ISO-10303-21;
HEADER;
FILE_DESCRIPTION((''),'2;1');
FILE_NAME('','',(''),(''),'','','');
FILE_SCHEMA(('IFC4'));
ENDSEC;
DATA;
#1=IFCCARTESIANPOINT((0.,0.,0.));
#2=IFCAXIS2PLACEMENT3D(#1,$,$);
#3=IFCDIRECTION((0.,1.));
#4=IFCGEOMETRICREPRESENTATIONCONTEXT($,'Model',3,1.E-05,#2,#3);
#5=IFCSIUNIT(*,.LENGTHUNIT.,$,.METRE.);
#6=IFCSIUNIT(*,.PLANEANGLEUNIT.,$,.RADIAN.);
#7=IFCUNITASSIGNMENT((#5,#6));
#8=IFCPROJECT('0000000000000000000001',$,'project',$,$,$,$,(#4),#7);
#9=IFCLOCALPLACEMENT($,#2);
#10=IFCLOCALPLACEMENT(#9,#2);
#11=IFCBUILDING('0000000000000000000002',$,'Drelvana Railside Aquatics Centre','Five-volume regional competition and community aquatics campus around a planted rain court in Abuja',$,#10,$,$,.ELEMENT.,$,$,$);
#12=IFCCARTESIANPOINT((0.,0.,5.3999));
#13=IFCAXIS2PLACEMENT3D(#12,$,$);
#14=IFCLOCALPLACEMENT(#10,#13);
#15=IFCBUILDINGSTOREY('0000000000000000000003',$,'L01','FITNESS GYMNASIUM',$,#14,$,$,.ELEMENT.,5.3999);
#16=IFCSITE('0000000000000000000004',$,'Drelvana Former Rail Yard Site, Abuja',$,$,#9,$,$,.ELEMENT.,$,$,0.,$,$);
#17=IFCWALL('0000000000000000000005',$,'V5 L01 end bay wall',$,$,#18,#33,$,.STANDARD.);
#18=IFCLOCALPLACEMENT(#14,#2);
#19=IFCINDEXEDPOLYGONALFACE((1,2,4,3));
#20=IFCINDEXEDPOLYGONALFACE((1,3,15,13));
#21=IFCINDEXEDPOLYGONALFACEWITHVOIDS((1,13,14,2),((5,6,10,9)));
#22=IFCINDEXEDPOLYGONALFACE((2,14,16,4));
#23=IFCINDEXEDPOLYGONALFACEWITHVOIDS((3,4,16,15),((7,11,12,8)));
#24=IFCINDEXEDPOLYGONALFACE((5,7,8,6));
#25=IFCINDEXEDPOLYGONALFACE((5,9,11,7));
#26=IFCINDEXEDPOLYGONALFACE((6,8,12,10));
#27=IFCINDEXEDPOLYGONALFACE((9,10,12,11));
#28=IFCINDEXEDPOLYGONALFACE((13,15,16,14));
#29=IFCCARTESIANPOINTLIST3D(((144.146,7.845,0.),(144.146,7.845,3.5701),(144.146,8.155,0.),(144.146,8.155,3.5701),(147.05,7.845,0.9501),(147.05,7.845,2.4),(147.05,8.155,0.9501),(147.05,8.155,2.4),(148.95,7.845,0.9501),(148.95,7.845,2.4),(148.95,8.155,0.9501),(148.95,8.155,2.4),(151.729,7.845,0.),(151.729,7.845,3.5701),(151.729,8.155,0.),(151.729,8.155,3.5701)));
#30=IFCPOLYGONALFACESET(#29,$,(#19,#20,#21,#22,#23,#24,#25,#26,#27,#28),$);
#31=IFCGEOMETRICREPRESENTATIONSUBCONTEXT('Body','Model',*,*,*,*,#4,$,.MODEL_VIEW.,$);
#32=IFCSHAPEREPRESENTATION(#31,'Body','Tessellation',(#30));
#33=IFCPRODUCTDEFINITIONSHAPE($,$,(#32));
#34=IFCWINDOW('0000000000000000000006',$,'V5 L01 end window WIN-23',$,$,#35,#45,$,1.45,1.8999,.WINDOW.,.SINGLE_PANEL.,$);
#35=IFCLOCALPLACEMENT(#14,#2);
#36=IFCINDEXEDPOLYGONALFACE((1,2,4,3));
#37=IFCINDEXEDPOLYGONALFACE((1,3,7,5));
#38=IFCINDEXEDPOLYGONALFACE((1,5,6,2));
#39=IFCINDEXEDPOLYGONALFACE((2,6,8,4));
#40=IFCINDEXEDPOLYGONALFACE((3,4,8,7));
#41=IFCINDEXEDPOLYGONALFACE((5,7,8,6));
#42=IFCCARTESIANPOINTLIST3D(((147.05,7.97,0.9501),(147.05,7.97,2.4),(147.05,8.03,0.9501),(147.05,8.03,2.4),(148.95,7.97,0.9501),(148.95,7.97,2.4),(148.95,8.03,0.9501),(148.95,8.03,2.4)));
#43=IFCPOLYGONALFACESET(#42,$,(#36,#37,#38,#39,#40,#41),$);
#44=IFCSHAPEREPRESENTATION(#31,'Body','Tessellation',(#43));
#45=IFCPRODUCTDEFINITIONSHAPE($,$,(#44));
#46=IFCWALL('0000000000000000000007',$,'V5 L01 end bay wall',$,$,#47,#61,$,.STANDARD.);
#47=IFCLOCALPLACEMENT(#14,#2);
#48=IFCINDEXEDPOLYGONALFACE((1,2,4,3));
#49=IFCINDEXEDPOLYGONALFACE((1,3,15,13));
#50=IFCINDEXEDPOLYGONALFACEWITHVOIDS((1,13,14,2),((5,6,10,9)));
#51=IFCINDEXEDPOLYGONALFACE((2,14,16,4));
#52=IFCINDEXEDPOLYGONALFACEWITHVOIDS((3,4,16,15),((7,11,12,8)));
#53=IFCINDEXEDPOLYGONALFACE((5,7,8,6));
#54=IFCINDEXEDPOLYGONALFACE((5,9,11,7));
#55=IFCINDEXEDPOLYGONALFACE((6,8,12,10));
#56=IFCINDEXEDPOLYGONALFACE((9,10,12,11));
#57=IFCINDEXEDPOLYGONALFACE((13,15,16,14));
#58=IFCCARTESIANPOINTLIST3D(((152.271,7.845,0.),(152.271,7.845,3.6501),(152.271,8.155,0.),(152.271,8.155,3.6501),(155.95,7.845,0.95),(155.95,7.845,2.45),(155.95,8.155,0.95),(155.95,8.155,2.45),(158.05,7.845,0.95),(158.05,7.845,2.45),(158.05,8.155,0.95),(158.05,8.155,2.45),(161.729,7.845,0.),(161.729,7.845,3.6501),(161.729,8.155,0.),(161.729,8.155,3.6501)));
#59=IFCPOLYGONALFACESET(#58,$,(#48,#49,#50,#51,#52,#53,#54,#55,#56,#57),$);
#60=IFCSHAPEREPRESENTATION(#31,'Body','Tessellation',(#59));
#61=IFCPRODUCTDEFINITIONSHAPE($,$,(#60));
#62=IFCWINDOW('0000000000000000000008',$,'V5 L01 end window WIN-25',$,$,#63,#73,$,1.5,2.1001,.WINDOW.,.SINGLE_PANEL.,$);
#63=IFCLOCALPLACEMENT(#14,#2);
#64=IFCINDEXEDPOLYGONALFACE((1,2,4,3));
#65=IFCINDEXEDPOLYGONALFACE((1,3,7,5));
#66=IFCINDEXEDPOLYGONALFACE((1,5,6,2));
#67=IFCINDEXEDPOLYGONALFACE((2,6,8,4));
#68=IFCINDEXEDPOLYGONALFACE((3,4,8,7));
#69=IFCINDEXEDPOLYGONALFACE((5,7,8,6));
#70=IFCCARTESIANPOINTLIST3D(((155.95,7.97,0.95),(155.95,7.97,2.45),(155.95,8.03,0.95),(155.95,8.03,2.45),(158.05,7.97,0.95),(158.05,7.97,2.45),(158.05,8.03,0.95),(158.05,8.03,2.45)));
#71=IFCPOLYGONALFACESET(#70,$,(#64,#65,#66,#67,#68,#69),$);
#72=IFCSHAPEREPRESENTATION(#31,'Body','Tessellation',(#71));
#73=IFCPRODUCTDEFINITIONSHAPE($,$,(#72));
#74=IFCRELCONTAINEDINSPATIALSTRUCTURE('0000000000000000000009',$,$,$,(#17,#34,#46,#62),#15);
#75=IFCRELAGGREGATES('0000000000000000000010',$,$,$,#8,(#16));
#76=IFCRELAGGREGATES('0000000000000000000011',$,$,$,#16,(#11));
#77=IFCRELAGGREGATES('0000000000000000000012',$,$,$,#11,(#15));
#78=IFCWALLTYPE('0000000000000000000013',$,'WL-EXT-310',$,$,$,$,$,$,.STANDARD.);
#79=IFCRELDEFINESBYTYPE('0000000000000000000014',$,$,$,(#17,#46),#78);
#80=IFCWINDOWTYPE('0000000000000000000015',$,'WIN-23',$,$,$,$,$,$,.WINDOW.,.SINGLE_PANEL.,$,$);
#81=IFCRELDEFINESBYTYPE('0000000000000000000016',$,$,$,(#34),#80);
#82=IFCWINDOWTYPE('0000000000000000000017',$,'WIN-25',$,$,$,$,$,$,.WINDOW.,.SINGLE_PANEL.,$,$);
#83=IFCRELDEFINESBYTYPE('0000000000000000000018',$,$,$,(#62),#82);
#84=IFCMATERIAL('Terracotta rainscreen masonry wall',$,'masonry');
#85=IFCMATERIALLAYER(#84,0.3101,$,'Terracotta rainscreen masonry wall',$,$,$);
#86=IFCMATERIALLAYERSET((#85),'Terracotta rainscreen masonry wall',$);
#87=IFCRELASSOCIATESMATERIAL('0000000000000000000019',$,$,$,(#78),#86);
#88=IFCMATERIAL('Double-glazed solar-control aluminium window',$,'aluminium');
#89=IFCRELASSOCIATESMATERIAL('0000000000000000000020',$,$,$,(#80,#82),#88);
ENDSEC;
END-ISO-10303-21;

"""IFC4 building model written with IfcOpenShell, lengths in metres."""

from ifc_helpers import new_model, si_unit, direction, frame, frame_2d, origin, place, context, subcontext, project, spatial, rectangle, extrude, material, layer, layer_set, type_object, element, fill, save


model = new_model("IFC4")

# Units and contexts
model_context = context("Model", 3, precision=1e-05, world=origin(), true_north=direction((0.0, 1.0)))
body_context = subcontext(model_context, "Body", "Model", "MODEL_VIEW")
ifc_project = project(units=[si_unit("LENGTHUNIT", "METRE"), si_unit("PLANEANGLEUNIT", "RADIAN")], contexts=[model_context])

# Site, building, storey
site_placement = place(None, origin())
site = spatial("IfcSite", under=ifc_project, at=site_placement, Name="Drelvana Former Rail Yard Site, Abuja", CompositionType="ELEMENT", RefElevation=0.0)
building_placement = place(site_placement, origin())
building = spatial("IfcBuilding", under=site, at=building_placement, Name="Drelvana Railside Aquatics Centre", Description="Five-volume regional competition and community aquatics campus around a planted rain court in Abuja", CompositionType="ELEMENT")
storey_placement = place(building_placement, frame((0.0, 0.0, 5.3999)))
storey = spatial("IfcBuildingStorey", under=building, at=storey_placement, Name="L01", Description="FITNESS GYMNASIUM", CompositionType="ELEMENT", Elevation=5.3999)

# Shared definitions
ifc_material_1 = material(Name="Terracotta rainscreen masonry wall", Category="masonry")
ifc_layer_1 = layer(ifc_material_1, 0.3101, Name="Terracotta rainscreen masonry wall")
ifc_layer_set_1 = layer_set([ifc_layer_1], Name="Terracotta rainscreen masonry wall")
wall_type_1 = type_object("IfcWallType", Name="WL-EXT-310", PredefinedType="STANDARD", material=ifc_layer_set_1)

# Walls, openings, windows
wall_1_placement = place(storey_placement, frame((144.146, 8.0, 0.0), z_axis=(0.0, 0.0, 1.0), x_axis=(1.0, 0.0, 0.0)))
wall_1 = element("IfcWall", 1, at=wall_1_placement, inside=storey, type_object=wall_type_1, Name="V5 L01 end bay wall", PredefinedType="STANDARD", context=body_context, shape_type="SweptSolid", body=[
    extrude(rectangle(XDim=7.583, YDim=0.3101, at=frame_2d((3.7915, 0.0))), origin(), (0.0, 0.0, 1.0), 3.5701),
])
opening_1_placement = place(wall_1_placement, frame((2.9041, 0.0, 0.95)))
opening_1 = element("IfcOpeningElement", 2, at=opening_1_placement, cuts=wall_1, PredefinedType="OPENING", context=body_context, shape_type="SweptSolid", body=[
    extrude(rectangle(XDim=1.8999, YDim=1.45, at=frame_2d((0.95, 0.7251))), frame((0.0, 0.165, 0.0), z_axis=(0.0, -1.0, 0.0), x_axis=(1.0, 0.0, 0.0)), (0.0, 0.0, 1.0), 0.3301),
])
ifc_material_2 = material(Name="Double-glazed solar-control aluminium window", Category="aluminium")
window_type_1 = type_object("IfcWindowType", Name="WIN-23", PartitioningType="SINGLE_PANEL", PredefinedType="WINDOW", material=ifc_material_2)
window_1_placement = place(opening_1_placement, origin())
window_1 = element("IfcWindow", 3, at=window_1_placement, inside=storey, type_object=window_type_1, Name="V5 L01 end window WIN-23", OverallHeight=1.45, OverallWidth=1.8999, PartitioningType="SINGLE_PANEL", PredefinedType="WINDOW", context=body_context, shape_type="SweptSolid", body=[
    extrude(rectangle(XDim=1.8999, YDim=1.45, at=frame_2d((0.95, 0.7251))), frame((0.0, 0.03, 0.0), z_axis=(0.0, -1.0, 0.0), x_axis=(1.0, 0.0, 0.0)), (0.0, 0.0, 1.0), 0.0601),
])
fill(opening_1, window_1)
wall_2_placement = place(storey_placement, frame((152.271, 8.0, 0.0), z_axis=(0.0, 0.0, 1.0), x_axis=(1.0, 0.0, 0.0)))
wall_2 = element("IfcWall", 4, at=wall_2_placement, inside=storey, type_object=wall_type_1, Name="V5 L01 end bay wall", PredefinedType="STANDARD", context=body_context, shape_type="SweptSolid", body=[
    extrude(rectangle(XDim=9.458, YDim=0.3101, at=frame_2d((4.729, 0.0))), origin(), (0.0, 0.0, 1.0), 3.6501),
])
opening_2_placement = place(wall_2_placement, frame((3.679, 0.0, 0.95)))
opening_2 = element("IfcOpeningElement", 5, at=opening_2_placement, cuts=wall_2, PredefinedType="OPENING", context=body_context, shape_type="SweptSolid", body=[
    extrude(rectangle(XDim=2.1001, YDim=1.5, at=frame_2d((1.05, 0.75))), frame((0.0, 0.165, 0.0), z_axis=(0.0, -1.0, 0.0), x_axis=(1.0, 0.0, 0.0)), (0.0, 0.0, 1.0), 0.3301),
])
window_type_2 = type_object("IfcWindowType", Name="WIN-25", PartitioningType="SINGLE_PANEL", PredefinedType="WINDOW", material=ifc_material_2)
window_2_placement = place(opening_2_placement, origin())
window_2 = element("IfcWindow", 6, at=window_2_placement, inside=storey, type_object=window_type_2, Name="V5 L01 end window WIN-25", OverallHeight=1.5, OverallWidth=2.1001, PartitioningType="SINGLE_PANEL", PredefinedType="WINDOW", context=body_context, shape_type="SweptSolid", body=[
    extrude(rectangle(XDim=2.1001, YDim=1.5, at=frame_2d((1.05, 0.75))), frame((0.0, 0.03, 0.0), z_axis=(0.0, -1.0, 0.0), x_axis=(1.0, 0.0, 0.0)), (0.0, 0.0, 1.0), 0.0601),
])
fill(opening_2, window_2)

save(model, "model.ifc")
